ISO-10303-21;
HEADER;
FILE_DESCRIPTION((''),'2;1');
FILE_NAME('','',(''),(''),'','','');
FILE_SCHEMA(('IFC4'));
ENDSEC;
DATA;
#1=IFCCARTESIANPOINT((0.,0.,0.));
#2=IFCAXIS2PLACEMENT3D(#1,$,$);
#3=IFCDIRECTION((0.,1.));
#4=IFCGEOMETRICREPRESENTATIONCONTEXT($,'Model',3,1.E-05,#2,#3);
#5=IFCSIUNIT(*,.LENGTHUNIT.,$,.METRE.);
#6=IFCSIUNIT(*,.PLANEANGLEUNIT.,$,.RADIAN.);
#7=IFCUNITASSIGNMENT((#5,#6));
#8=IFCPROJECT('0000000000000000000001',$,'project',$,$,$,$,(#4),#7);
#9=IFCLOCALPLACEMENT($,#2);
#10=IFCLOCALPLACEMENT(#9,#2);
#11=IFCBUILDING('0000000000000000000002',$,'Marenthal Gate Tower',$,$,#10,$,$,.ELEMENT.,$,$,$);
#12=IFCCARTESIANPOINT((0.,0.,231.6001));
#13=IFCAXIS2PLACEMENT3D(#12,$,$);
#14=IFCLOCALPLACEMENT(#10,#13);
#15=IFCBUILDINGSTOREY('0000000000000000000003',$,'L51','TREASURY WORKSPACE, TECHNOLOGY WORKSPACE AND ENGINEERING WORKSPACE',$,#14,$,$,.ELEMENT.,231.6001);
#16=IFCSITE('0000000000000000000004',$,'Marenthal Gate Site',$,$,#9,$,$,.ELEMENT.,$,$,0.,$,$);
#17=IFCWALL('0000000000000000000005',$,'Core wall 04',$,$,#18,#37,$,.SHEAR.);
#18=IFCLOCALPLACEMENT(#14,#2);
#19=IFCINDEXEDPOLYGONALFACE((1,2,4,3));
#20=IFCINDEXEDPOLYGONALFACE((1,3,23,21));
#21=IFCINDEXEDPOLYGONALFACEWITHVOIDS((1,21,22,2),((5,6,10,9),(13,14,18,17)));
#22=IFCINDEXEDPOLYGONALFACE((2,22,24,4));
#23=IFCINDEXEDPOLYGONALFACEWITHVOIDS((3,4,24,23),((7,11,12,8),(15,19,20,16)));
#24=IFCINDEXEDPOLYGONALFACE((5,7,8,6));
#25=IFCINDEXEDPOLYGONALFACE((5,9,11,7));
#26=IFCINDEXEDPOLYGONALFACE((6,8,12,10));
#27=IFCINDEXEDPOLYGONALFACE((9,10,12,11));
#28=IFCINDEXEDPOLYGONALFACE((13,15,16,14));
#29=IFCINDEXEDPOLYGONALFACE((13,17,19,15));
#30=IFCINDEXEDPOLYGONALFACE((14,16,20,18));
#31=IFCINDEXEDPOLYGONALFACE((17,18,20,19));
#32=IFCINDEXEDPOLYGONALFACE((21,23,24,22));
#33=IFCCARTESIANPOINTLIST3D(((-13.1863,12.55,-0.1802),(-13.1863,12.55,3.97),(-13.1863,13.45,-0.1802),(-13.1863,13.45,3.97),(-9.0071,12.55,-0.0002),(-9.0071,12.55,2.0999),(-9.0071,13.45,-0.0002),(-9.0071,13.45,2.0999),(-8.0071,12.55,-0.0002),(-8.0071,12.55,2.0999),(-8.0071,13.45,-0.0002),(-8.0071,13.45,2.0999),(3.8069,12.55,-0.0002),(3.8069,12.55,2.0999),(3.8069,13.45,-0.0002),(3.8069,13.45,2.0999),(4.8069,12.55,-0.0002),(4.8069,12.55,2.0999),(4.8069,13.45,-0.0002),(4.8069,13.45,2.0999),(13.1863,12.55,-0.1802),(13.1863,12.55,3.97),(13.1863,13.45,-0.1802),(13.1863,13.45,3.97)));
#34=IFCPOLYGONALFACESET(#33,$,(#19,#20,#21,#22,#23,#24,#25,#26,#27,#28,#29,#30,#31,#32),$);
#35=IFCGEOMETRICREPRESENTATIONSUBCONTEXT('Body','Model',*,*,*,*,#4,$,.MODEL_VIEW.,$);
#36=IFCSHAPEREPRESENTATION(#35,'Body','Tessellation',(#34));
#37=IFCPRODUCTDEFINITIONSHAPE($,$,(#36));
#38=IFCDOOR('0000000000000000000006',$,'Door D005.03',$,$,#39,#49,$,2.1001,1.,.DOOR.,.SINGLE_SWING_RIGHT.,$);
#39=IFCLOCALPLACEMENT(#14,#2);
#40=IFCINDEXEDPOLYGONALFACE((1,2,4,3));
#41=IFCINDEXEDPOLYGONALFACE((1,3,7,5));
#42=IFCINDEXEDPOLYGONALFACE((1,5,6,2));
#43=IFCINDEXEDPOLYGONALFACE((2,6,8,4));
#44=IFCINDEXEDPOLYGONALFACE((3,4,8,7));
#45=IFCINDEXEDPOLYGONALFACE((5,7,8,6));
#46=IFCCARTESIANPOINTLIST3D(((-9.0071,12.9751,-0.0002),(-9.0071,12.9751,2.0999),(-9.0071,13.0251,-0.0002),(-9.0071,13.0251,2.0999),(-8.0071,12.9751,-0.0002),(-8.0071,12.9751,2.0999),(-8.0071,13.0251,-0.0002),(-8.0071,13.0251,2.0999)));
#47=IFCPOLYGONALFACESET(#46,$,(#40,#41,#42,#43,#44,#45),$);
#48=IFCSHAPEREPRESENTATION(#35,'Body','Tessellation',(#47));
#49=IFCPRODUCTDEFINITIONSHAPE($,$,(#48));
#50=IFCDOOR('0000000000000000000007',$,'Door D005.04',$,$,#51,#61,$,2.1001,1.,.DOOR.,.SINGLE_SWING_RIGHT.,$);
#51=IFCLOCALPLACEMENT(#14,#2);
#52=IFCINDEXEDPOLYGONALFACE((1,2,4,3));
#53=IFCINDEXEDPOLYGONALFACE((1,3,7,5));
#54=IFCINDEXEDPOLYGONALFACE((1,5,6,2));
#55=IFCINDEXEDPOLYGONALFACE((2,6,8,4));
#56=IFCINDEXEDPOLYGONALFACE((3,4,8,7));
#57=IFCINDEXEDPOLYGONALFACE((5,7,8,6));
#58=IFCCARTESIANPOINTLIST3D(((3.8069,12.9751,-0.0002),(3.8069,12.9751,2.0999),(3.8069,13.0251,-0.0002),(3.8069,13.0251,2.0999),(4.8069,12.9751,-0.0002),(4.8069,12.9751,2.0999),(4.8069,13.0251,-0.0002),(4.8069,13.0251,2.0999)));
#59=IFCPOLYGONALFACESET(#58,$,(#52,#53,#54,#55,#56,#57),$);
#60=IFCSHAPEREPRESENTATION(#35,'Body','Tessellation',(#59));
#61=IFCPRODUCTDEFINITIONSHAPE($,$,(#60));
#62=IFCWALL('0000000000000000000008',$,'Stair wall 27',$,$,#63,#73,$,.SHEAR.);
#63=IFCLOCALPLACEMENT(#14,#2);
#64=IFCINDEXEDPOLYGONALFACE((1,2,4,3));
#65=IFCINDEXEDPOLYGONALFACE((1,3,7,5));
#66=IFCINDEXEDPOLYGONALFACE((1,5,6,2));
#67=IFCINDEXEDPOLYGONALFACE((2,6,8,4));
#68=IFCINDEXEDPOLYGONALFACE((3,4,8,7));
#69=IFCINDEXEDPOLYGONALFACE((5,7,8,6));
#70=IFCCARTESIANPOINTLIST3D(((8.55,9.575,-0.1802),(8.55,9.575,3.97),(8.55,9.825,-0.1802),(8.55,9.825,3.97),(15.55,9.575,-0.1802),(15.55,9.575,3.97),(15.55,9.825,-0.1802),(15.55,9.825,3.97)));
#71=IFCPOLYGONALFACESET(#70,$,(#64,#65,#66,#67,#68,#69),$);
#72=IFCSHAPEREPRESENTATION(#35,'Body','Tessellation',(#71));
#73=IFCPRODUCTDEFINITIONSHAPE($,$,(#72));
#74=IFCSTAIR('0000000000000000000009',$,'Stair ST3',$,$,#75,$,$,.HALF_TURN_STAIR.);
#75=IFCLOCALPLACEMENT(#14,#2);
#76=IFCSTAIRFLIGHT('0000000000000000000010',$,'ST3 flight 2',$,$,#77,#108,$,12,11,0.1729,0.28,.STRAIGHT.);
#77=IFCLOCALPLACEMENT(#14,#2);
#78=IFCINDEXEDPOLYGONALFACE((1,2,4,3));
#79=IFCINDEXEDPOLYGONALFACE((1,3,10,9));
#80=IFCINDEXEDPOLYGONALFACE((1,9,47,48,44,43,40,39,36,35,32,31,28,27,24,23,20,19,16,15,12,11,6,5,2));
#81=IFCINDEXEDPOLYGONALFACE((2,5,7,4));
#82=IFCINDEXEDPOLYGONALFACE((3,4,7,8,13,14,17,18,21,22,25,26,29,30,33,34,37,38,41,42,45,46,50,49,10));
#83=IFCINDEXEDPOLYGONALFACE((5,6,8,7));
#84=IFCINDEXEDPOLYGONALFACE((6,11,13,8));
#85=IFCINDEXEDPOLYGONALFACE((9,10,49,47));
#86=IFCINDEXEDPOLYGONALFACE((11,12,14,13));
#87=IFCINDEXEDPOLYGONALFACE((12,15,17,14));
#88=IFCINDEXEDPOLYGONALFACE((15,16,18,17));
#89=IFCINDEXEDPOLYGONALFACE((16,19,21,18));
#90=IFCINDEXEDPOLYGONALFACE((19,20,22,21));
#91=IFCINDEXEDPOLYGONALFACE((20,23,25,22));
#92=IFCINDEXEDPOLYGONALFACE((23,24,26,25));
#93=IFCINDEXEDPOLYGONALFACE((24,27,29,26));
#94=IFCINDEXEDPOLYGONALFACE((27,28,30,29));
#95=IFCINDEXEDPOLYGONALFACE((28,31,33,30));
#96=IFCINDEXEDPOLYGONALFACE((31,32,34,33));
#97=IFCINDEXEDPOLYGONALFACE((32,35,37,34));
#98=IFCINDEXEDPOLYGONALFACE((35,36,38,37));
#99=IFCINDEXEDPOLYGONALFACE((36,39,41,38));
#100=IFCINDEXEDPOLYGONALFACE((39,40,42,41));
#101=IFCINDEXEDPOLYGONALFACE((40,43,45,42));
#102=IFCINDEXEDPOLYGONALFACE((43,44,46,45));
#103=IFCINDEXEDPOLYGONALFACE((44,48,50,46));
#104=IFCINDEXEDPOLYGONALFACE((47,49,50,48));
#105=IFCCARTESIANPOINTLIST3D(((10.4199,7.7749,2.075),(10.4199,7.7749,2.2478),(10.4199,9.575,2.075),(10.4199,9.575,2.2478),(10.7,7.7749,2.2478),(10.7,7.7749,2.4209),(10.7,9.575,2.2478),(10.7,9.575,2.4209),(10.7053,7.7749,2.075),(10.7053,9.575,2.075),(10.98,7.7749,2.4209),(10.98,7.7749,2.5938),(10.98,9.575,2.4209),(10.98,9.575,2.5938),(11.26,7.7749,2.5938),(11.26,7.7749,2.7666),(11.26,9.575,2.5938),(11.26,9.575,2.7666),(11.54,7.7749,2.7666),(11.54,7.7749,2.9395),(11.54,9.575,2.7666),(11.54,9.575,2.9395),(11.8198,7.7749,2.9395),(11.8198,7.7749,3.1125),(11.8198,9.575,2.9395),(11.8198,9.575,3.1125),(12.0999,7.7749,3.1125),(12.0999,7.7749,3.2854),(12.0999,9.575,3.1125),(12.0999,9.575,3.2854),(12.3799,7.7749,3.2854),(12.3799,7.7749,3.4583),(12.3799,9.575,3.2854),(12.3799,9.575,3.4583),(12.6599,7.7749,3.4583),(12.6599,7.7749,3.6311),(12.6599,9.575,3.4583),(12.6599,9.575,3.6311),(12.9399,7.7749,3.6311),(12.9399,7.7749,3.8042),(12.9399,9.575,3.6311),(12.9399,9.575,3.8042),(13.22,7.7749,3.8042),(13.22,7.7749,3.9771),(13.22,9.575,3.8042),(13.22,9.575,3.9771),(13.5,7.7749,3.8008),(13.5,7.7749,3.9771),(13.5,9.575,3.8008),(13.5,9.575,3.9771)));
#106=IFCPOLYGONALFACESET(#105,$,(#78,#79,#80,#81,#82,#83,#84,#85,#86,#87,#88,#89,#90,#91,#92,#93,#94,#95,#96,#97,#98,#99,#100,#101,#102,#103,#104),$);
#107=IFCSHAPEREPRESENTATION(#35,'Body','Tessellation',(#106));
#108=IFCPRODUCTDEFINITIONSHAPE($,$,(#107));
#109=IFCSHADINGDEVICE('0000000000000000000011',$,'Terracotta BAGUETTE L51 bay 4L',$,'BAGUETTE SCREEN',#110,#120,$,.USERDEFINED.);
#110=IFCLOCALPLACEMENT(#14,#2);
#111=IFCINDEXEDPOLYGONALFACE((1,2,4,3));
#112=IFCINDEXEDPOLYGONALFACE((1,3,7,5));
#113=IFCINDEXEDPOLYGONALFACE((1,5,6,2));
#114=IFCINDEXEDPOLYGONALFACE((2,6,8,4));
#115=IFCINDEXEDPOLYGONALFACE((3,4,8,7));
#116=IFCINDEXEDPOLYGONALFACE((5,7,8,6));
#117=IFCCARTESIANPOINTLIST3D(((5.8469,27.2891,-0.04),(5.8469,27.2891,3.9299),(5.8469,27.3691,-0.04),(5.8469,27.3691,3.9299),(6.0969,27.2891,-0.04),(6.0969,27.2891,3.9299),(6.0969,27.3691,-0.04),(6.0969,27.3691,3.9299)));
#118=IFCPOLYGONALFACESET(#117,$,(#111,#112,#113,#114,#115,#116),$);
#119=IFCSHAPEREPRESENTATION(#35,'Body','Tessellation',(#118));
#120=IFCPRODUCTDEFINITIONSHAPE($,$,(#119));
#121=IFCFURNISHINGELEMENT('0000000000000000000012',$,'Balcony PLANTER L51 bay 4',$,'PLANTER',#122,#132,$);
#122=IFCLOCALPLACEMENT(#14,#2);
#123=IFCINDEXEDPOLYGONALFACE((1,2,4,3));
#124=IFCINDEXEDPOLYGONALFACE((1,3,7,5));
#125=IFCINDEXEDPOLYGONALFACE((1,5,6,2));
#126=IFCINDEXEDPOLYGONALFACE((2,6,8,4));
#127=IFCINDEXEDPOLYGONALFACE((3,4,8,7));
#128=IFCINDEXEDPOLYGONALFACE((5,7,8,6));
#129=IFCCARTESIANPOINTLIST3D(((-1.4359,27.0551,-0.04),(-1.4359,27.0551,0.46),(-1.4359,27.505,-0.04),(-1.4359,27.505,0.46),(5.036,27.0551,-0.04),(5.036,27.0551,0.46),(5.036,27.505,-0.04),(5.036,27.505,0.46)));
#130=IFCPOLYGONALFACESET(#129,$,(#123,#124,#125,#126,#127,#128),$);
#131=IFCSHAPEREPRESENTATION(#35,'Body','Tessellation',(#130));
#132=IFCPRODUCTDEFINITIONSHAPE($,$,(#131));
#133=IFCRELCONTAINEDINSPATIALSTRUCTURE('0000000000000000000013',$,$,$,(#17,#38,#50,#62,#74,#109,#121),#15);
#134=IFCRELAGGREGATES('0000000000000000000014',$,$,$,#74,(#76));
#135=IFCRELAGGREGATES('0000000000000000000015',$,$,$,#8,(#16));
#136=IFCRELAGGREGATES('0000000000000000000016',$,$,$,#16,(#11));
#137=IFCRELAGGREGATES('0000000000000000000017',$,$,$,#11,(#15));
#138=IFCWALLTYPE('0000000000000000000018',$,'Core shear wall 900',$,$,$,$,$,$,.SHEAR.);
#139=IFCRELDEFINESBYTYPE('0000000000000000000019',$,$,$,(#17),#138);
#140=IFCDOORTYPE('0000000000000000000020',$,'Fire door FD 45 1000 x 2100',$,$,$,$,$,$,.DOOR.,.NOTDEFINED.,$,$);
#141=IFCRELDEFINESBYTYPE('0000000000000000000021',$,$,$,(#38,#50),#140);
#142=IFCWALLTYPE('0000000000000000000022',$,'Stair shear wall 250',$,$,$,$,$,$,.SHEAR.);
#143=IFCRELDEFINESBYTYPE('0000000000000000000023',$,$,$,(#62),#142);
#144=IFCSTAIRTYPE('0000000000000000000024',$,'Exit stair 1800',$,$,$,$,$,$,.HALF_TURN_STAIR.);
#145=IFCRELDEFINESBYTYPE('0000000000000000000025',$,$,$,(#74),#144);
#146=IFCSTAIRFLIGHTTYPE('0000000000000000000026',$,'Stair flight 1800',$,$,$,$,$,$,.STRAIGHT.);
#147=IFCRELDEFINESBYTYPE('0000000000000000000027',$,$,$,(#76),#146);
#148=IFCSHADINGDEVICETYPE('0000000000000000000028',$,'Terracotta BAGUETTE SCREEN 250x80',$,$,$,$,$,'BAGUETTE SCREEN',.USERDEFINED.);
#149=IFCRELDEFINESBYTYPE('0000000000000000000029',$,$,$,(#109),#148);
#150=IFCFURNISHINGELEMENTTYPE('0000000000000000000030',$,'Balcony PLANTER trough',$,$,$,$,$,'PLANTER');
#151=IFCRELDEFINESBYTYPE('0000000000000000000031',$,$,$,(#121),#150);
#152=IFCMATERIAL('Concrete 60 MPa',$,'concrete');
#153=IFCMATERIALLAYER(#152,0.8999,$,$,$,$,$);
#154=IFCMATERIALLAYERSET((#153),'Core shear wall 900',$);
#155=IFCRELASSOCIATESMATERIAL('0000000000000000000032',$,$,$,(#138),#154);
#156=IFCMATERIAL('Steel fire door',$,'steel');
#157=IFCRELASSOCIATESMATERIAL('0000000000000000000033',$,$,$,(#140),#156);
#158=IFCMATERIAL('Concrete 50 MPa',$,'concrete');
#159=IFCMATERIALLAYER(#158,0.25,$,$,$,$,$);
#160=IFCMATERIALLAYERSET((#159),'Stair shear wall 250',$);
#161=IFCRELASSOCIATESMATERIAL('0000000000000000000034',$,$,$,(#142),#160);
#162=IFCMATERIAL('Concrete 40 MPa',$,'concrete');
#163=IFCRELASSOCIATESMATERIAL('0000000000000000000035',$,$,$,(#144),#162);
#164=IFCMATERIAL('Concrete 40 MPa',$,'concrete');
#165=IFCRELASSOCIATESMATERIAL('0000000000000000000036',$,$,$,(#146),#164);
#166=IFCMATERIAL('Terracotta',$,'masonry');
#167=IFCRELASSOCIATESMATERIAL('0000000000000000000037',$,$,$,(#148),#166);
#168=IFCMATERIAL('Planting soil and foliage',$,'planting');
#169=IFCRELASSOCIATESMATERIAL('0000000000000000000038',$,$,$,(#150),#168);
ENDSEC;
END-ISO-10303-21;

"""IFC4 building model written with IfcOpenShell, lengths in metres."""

from ifc_helpers import new_model, si_unit, direction, frame, frame_2d, origin, origin_2d, place, context, subcontext, project, spatial, polyline, rectangle, outline, extrude, material, layer, layer_set, material_profile, profile_set, type_object, element, fill, aggregate, save


model = new_model("IFC4")

# Units and contexts
model_context = context("Model", 3, precision=1e-05, world=origin(), true_north=direction((0.0, 1.0)))
body_context = subcontext(model_context, "Body", "Model", "MODEL_VIEW")
ifc_project = project(units=[si_unit("LENGTHUNIT", "METRE"), si_unit("PLANEANGLEUNIT", "RADIAN")], contexts=[model_context])

# Site, building, storey
site_placement = place(None, origin())
site = spatial("IfcSite", under=ifc_project, at=site_placement, Name="Marenthal Gate Site", CompositionType="ELEMENT", RefElevation=0.0)
building_placement = place(site_placement, origin())
building = spatial("IfcBuilding", under=site, at=building_placement, Name="Marenthal Gate Tower", CompositionType="ELEMENT")
storey_placement = place(building_placement, frame((0.0, 0.0, 231.6001)))
storey = spatial("IfcBuildingStorey", under=building, at=storey_placement, Name="L51", Description="TREASURY WORKSPACE, TECHNOLOGY WORKSPACE AND ENGINEERING WORKSPACE", CompositionType="ELEMENT", Elevation=231.6001)

# Wall, openings, doors
ifc_material_1 = material(Name="Concrete 60 MPa", Category="concrete")
ifc_layer_1 = layer(ifc_material_1, 0.8999)
ifc_layer_set_1 = layer_set([ifc_layer_1], Name="Core shear wall 900")
wall_type_1 = type_object("IfcWallType", Name="Core shear wall 900", PredefinedType="SHEAR", material=ifc_layer_set_1)
wall_1_placement = place(storey_placement, frame((13.1863, 13.0, -0.1802), z_axis=(0.0, 0.0, 1.0), x_axis=(-1.0, 0.0, 0.0)))
wall_1 = element("IfcWall", 1, at=wall_1_placement, inside=storey, type_object=wall_type_1, Name="Core wall 04", PredefinedType="SHEAR", context=body_context, shape_type="SweptSolid", body=[
    extrude(rectangle(XDim=26.3726, YDim=0.8999, at=frame_2d((13.1863, 0.0))), origin(), (0.0, 0.0, 1.0), 4.1501),
])
opening_1_placement = place(wall_1_placement, frame((21.1934, 0.0, 0.1799)))
opening_1 = element("IfcOpeningElement", 2, at=opening_1_placement, cuts=wall_1, PredefinedType="OPENING", context=body_context, shape_type="SweptSolid", body=[
    extrude(rectangle(XDim=1.0, YDim=2.1001, at=frame_2d((0.5, 1.05))), frame((0.0, 0.46, 0.0), z_axis=(0.0, -1.0, 0.0), x_axis=(1.0, 0.0, 0.0)), (0.0, 0.0, 1.0), 0.9199),
])
opening_2_placement = place(wall_1_placement, frame((8.3794, 0.0, 0.1799)))
opening_2 = element("IfcOpeningElement", 3, at=opening_2_placement, cuts=wall_1, PredefinedType="OPENING", context=body_context, shape_type="SweptSolid", body=[
    extrude(rectangle(XDim=1.0, YDim=2.1001, at=frame_2d((0.5, 1.05))), frame((0.0, 0.46, 0.0), z_axis=(0.0, -1.0, 0.0), x_axis=(1.0, 0.0, 0.0)), (0.0, 0.0, 1.0), 0.9199),
])
ifc_material_2 = material(Name="Steel fire door", Category="steel")
door_type_1 = type_object("IfcDoorType", Name="Fire door FD 45 1000 x 2100", OperationType="NOTDEFINED", PredefinedType="DOOR", material=ifc_material_2)
door_1_placement = place(opening_1_placement, origin())
door_1 = element("IfcDoor", 4, at=door_1_placement, inside=storey, type_object=door_type_1, Name="Door D005.03", OperationType="SINGLE_SWING_RIGHT", OverallHeight=2.1001, OverallWidth=1.0, PredefinedType="DOOR", context=body_context, shape_type="SweptSolid", body=[
    extrude(rectangle(XDim=1.0, YDim=2.1001, at=frame_2d((0.5, 1.05))), frame((0.0, 0.0249, 0.0), z_axis=(0.0, -1.0, 0.0), x_axis=(1.0, 0.0, 0.0)), (0.0, 0.0, 1.0), 0.05),
])
fill(opening_1, door_1)
door_2_placement = place(opening_2_placement, origin())
door_2 = element("IfcDoor", 5, at=door_2_placement, inside=storey, type_object=door_type_1, Name="Door D005.04", OperationType="SINGLE_SWING_RIGHT", OverallHeight=2.1001, OverallWidth=1.0, PredefinedType="DOOR", context=body_context, shape_type="SweptSolid", body=[
    extrude(rectangle(XDim=1.0, YDim=2.1001, at=frame_2d((0.5, 1.05))), frame((0.0, 0.0249, 0.0), z_axis=(0.0, -1.0, 0.0), x_axis=(1.0, 0.0, 0.0)), (0.0, 0.0, 1.0), 0.05),
])
fill(opening_2, door_2)

# Wall
ifc_material_3 = material(Name="Concrete 50 MPa", Category="concrete")
ifc_layer_2 = layer(ifc_material_3, 0.25)
ifc_layer_set_2 = layer_set([ifc_layer_2], Name="Stair shear wall 250")
wall_type_2 = type_object("IfcWallType", Name="Stair shear wall 250", PredefinedType="SHEAR", material=ifc_layer_set_2)
wall_2_placement = place(storey_placement, frame((8.55, 9.7, -0.1802), z_axis=(0.0, 0.0, 1.0), x_axis=(1.0, 0.0, 0.0)))
element("IfcWall", 6, at=wall_2_placement, inside=storey, type_object=wall_type_2, Name="Stair wall 27", PredefinedType="SHEAR", context=body_context, shape_type="SweptSolid", body=[
    extrude(rectangle(XDim=7.0, YDim=0.25, at=frame_2d((3.5, 0.0))), origin(), (0.0, 0.0, 1.0), 4.1501),
])

# Stair, stair flight
ifc_material_4 = material(Name="Concrete 40 MPa", Category="concrete")
stair_type = type_object("IfcStairType", Name="Exit stair 1800", PredefinedType="HALF_TURN_STAIR", material=ifc_material_4)
stair_placement = place(storey_placement, origin())
stair = element("IfcStair", 7, at=stair_placement, inside=storey, type_object=stair_type, Name="Stair ST3", PredefinedType="HALF_TURN_STAIR")
ifc_material_5 = material(Name="Concrete 40 MPa", Category="concrete")
stair_flight_type = type_object("IfcStairFlightType", Name="Stair flight 1800", PredefinedType="STRAIGHT", material=ifc_material_5)
stair_flight_placement = place(storey_placement, frame((10.4199, 8.675, 2.075), z_axis=(0.0, 0.0, 1.0), x_axis=(1.0, 0.0, 0.0)))
stair_flight = element("IfcStairFlight", 8, at=stair_flight_placement, type_object=stair_flight_type, Name="ST3 flight 2", NumberOfRisers=12, NumberOfTreads=11, PredefinedType="STRAIGHT", RiserHeight=0.1729, TreadLength=0.28, context=body_context, shape_type="SweptSolid", body=[
    extrude(outline(polyline([(0.0, 0.0), (0.0, 0.1729), (0.28, 0.1729), (0.28, 0.3459), (0.5601, 0.3459), (0.5601, 0.5188), (0.8401, 0.5188), (0.8401, 0.6917), (1.1201, 0.6917), (1.1201, 0.8645), (1.3999, 0.8645), (1.3999, 1.0376), (1.6799, 1.0376), (1.6799, 1.2104), (1.96, 1.2104), (1.96, 1.3833), (2.24, 1.3833), (2.24, 1.5562), (2.52, 1.5562), (2.52, 1.7292), (2.8, 1.7292), (2.8, 1.9021), (3.0801, 1.9021), (3.0801, 2.075), (3.0801, 1.7258), (0.2854, 0.0), (0.0, 0.0)])), frame((0.0, 0.8999, 0.0), z_axis=(0.0, -1.0, 0.0), x_axis=(1.0, 0.0, 0.0)), (0.0, 0.0, 1.0), 1.8),
])
aggregate(stair, [stair_flight])

# Shading device
ifc_material_6 = material(Name="Terracotta", Category="masonry")
ifc_material_profile_1 = material_profile(ifc_material_6, rectangle(XDim=0.25, YDim=0.0801, at=origin_2d()), Name="Terracotta baguette 250x80")
ifc_profile_set_1 = profile_set([ifc_material_profile_1], Name="Terracotta")
shading_device_type = type_object("IfcShadingDeviceType", Name="Terracotta BAGUETTE SCREEN 250x80", ElementType="BAGUETTE SCREEN", PredefinedType="USERDEFINED", material=ifc_profile_set_1)
shading_device_placement = place(storey_placement, frame((5.9719, 27.3291, -0.04), z_axis=(0.0, 0.0, 1.0), x_axis=(-1.0, 0.0, 0.0)))
element("IfcShadingDevice", 9, at=shading_device_placement, inside=storey, type_object=shading_device_type, Name="Terracotta BAGUETTE L51 bay 4L", ObjectType="BAGUETTE SCREEN", PredefinedType="USERDEFINED", context=body_context, shape_type="SweptSolid", body=[
    extrude(rectangle(XDim=0.25, YDim=0.0801, at=origin_2d()), origin(), (0.0, 0.0, 1.0), 3.97),
])

# Furnishing element
ifc_material_7 = material(Name="Planting soil and foliage", Category="planting")
furnishing_element_type = type_object("IfcFurnishingElementType", Name="Balcony PLANTER trough", ElementType="PLANTER", material=ifc_material_7)
furnishing_placement = place(storey_placement, frame((1.8, 27.28, -0.04), z_axis=(0.0, 0.0, 1.0), x_axis=(-1.0, 0.0, 0.0)))
element("IfcFurnishingElement", 10, at=furnishing_placement, inside=storey, type_object=furnishing_element_type, Name="Balcony PLANTER L51 bay 4", ObjectType="PLANTER", context=body_context, shape_type="SweptSolid", body=[
    extrude(rectangle(XDim=6.4719, YDim=0.45, at=origin_2d()), origin(), (0.0, 0.0, 1.0), 0.5),
])

save(model, "model.ifc")
